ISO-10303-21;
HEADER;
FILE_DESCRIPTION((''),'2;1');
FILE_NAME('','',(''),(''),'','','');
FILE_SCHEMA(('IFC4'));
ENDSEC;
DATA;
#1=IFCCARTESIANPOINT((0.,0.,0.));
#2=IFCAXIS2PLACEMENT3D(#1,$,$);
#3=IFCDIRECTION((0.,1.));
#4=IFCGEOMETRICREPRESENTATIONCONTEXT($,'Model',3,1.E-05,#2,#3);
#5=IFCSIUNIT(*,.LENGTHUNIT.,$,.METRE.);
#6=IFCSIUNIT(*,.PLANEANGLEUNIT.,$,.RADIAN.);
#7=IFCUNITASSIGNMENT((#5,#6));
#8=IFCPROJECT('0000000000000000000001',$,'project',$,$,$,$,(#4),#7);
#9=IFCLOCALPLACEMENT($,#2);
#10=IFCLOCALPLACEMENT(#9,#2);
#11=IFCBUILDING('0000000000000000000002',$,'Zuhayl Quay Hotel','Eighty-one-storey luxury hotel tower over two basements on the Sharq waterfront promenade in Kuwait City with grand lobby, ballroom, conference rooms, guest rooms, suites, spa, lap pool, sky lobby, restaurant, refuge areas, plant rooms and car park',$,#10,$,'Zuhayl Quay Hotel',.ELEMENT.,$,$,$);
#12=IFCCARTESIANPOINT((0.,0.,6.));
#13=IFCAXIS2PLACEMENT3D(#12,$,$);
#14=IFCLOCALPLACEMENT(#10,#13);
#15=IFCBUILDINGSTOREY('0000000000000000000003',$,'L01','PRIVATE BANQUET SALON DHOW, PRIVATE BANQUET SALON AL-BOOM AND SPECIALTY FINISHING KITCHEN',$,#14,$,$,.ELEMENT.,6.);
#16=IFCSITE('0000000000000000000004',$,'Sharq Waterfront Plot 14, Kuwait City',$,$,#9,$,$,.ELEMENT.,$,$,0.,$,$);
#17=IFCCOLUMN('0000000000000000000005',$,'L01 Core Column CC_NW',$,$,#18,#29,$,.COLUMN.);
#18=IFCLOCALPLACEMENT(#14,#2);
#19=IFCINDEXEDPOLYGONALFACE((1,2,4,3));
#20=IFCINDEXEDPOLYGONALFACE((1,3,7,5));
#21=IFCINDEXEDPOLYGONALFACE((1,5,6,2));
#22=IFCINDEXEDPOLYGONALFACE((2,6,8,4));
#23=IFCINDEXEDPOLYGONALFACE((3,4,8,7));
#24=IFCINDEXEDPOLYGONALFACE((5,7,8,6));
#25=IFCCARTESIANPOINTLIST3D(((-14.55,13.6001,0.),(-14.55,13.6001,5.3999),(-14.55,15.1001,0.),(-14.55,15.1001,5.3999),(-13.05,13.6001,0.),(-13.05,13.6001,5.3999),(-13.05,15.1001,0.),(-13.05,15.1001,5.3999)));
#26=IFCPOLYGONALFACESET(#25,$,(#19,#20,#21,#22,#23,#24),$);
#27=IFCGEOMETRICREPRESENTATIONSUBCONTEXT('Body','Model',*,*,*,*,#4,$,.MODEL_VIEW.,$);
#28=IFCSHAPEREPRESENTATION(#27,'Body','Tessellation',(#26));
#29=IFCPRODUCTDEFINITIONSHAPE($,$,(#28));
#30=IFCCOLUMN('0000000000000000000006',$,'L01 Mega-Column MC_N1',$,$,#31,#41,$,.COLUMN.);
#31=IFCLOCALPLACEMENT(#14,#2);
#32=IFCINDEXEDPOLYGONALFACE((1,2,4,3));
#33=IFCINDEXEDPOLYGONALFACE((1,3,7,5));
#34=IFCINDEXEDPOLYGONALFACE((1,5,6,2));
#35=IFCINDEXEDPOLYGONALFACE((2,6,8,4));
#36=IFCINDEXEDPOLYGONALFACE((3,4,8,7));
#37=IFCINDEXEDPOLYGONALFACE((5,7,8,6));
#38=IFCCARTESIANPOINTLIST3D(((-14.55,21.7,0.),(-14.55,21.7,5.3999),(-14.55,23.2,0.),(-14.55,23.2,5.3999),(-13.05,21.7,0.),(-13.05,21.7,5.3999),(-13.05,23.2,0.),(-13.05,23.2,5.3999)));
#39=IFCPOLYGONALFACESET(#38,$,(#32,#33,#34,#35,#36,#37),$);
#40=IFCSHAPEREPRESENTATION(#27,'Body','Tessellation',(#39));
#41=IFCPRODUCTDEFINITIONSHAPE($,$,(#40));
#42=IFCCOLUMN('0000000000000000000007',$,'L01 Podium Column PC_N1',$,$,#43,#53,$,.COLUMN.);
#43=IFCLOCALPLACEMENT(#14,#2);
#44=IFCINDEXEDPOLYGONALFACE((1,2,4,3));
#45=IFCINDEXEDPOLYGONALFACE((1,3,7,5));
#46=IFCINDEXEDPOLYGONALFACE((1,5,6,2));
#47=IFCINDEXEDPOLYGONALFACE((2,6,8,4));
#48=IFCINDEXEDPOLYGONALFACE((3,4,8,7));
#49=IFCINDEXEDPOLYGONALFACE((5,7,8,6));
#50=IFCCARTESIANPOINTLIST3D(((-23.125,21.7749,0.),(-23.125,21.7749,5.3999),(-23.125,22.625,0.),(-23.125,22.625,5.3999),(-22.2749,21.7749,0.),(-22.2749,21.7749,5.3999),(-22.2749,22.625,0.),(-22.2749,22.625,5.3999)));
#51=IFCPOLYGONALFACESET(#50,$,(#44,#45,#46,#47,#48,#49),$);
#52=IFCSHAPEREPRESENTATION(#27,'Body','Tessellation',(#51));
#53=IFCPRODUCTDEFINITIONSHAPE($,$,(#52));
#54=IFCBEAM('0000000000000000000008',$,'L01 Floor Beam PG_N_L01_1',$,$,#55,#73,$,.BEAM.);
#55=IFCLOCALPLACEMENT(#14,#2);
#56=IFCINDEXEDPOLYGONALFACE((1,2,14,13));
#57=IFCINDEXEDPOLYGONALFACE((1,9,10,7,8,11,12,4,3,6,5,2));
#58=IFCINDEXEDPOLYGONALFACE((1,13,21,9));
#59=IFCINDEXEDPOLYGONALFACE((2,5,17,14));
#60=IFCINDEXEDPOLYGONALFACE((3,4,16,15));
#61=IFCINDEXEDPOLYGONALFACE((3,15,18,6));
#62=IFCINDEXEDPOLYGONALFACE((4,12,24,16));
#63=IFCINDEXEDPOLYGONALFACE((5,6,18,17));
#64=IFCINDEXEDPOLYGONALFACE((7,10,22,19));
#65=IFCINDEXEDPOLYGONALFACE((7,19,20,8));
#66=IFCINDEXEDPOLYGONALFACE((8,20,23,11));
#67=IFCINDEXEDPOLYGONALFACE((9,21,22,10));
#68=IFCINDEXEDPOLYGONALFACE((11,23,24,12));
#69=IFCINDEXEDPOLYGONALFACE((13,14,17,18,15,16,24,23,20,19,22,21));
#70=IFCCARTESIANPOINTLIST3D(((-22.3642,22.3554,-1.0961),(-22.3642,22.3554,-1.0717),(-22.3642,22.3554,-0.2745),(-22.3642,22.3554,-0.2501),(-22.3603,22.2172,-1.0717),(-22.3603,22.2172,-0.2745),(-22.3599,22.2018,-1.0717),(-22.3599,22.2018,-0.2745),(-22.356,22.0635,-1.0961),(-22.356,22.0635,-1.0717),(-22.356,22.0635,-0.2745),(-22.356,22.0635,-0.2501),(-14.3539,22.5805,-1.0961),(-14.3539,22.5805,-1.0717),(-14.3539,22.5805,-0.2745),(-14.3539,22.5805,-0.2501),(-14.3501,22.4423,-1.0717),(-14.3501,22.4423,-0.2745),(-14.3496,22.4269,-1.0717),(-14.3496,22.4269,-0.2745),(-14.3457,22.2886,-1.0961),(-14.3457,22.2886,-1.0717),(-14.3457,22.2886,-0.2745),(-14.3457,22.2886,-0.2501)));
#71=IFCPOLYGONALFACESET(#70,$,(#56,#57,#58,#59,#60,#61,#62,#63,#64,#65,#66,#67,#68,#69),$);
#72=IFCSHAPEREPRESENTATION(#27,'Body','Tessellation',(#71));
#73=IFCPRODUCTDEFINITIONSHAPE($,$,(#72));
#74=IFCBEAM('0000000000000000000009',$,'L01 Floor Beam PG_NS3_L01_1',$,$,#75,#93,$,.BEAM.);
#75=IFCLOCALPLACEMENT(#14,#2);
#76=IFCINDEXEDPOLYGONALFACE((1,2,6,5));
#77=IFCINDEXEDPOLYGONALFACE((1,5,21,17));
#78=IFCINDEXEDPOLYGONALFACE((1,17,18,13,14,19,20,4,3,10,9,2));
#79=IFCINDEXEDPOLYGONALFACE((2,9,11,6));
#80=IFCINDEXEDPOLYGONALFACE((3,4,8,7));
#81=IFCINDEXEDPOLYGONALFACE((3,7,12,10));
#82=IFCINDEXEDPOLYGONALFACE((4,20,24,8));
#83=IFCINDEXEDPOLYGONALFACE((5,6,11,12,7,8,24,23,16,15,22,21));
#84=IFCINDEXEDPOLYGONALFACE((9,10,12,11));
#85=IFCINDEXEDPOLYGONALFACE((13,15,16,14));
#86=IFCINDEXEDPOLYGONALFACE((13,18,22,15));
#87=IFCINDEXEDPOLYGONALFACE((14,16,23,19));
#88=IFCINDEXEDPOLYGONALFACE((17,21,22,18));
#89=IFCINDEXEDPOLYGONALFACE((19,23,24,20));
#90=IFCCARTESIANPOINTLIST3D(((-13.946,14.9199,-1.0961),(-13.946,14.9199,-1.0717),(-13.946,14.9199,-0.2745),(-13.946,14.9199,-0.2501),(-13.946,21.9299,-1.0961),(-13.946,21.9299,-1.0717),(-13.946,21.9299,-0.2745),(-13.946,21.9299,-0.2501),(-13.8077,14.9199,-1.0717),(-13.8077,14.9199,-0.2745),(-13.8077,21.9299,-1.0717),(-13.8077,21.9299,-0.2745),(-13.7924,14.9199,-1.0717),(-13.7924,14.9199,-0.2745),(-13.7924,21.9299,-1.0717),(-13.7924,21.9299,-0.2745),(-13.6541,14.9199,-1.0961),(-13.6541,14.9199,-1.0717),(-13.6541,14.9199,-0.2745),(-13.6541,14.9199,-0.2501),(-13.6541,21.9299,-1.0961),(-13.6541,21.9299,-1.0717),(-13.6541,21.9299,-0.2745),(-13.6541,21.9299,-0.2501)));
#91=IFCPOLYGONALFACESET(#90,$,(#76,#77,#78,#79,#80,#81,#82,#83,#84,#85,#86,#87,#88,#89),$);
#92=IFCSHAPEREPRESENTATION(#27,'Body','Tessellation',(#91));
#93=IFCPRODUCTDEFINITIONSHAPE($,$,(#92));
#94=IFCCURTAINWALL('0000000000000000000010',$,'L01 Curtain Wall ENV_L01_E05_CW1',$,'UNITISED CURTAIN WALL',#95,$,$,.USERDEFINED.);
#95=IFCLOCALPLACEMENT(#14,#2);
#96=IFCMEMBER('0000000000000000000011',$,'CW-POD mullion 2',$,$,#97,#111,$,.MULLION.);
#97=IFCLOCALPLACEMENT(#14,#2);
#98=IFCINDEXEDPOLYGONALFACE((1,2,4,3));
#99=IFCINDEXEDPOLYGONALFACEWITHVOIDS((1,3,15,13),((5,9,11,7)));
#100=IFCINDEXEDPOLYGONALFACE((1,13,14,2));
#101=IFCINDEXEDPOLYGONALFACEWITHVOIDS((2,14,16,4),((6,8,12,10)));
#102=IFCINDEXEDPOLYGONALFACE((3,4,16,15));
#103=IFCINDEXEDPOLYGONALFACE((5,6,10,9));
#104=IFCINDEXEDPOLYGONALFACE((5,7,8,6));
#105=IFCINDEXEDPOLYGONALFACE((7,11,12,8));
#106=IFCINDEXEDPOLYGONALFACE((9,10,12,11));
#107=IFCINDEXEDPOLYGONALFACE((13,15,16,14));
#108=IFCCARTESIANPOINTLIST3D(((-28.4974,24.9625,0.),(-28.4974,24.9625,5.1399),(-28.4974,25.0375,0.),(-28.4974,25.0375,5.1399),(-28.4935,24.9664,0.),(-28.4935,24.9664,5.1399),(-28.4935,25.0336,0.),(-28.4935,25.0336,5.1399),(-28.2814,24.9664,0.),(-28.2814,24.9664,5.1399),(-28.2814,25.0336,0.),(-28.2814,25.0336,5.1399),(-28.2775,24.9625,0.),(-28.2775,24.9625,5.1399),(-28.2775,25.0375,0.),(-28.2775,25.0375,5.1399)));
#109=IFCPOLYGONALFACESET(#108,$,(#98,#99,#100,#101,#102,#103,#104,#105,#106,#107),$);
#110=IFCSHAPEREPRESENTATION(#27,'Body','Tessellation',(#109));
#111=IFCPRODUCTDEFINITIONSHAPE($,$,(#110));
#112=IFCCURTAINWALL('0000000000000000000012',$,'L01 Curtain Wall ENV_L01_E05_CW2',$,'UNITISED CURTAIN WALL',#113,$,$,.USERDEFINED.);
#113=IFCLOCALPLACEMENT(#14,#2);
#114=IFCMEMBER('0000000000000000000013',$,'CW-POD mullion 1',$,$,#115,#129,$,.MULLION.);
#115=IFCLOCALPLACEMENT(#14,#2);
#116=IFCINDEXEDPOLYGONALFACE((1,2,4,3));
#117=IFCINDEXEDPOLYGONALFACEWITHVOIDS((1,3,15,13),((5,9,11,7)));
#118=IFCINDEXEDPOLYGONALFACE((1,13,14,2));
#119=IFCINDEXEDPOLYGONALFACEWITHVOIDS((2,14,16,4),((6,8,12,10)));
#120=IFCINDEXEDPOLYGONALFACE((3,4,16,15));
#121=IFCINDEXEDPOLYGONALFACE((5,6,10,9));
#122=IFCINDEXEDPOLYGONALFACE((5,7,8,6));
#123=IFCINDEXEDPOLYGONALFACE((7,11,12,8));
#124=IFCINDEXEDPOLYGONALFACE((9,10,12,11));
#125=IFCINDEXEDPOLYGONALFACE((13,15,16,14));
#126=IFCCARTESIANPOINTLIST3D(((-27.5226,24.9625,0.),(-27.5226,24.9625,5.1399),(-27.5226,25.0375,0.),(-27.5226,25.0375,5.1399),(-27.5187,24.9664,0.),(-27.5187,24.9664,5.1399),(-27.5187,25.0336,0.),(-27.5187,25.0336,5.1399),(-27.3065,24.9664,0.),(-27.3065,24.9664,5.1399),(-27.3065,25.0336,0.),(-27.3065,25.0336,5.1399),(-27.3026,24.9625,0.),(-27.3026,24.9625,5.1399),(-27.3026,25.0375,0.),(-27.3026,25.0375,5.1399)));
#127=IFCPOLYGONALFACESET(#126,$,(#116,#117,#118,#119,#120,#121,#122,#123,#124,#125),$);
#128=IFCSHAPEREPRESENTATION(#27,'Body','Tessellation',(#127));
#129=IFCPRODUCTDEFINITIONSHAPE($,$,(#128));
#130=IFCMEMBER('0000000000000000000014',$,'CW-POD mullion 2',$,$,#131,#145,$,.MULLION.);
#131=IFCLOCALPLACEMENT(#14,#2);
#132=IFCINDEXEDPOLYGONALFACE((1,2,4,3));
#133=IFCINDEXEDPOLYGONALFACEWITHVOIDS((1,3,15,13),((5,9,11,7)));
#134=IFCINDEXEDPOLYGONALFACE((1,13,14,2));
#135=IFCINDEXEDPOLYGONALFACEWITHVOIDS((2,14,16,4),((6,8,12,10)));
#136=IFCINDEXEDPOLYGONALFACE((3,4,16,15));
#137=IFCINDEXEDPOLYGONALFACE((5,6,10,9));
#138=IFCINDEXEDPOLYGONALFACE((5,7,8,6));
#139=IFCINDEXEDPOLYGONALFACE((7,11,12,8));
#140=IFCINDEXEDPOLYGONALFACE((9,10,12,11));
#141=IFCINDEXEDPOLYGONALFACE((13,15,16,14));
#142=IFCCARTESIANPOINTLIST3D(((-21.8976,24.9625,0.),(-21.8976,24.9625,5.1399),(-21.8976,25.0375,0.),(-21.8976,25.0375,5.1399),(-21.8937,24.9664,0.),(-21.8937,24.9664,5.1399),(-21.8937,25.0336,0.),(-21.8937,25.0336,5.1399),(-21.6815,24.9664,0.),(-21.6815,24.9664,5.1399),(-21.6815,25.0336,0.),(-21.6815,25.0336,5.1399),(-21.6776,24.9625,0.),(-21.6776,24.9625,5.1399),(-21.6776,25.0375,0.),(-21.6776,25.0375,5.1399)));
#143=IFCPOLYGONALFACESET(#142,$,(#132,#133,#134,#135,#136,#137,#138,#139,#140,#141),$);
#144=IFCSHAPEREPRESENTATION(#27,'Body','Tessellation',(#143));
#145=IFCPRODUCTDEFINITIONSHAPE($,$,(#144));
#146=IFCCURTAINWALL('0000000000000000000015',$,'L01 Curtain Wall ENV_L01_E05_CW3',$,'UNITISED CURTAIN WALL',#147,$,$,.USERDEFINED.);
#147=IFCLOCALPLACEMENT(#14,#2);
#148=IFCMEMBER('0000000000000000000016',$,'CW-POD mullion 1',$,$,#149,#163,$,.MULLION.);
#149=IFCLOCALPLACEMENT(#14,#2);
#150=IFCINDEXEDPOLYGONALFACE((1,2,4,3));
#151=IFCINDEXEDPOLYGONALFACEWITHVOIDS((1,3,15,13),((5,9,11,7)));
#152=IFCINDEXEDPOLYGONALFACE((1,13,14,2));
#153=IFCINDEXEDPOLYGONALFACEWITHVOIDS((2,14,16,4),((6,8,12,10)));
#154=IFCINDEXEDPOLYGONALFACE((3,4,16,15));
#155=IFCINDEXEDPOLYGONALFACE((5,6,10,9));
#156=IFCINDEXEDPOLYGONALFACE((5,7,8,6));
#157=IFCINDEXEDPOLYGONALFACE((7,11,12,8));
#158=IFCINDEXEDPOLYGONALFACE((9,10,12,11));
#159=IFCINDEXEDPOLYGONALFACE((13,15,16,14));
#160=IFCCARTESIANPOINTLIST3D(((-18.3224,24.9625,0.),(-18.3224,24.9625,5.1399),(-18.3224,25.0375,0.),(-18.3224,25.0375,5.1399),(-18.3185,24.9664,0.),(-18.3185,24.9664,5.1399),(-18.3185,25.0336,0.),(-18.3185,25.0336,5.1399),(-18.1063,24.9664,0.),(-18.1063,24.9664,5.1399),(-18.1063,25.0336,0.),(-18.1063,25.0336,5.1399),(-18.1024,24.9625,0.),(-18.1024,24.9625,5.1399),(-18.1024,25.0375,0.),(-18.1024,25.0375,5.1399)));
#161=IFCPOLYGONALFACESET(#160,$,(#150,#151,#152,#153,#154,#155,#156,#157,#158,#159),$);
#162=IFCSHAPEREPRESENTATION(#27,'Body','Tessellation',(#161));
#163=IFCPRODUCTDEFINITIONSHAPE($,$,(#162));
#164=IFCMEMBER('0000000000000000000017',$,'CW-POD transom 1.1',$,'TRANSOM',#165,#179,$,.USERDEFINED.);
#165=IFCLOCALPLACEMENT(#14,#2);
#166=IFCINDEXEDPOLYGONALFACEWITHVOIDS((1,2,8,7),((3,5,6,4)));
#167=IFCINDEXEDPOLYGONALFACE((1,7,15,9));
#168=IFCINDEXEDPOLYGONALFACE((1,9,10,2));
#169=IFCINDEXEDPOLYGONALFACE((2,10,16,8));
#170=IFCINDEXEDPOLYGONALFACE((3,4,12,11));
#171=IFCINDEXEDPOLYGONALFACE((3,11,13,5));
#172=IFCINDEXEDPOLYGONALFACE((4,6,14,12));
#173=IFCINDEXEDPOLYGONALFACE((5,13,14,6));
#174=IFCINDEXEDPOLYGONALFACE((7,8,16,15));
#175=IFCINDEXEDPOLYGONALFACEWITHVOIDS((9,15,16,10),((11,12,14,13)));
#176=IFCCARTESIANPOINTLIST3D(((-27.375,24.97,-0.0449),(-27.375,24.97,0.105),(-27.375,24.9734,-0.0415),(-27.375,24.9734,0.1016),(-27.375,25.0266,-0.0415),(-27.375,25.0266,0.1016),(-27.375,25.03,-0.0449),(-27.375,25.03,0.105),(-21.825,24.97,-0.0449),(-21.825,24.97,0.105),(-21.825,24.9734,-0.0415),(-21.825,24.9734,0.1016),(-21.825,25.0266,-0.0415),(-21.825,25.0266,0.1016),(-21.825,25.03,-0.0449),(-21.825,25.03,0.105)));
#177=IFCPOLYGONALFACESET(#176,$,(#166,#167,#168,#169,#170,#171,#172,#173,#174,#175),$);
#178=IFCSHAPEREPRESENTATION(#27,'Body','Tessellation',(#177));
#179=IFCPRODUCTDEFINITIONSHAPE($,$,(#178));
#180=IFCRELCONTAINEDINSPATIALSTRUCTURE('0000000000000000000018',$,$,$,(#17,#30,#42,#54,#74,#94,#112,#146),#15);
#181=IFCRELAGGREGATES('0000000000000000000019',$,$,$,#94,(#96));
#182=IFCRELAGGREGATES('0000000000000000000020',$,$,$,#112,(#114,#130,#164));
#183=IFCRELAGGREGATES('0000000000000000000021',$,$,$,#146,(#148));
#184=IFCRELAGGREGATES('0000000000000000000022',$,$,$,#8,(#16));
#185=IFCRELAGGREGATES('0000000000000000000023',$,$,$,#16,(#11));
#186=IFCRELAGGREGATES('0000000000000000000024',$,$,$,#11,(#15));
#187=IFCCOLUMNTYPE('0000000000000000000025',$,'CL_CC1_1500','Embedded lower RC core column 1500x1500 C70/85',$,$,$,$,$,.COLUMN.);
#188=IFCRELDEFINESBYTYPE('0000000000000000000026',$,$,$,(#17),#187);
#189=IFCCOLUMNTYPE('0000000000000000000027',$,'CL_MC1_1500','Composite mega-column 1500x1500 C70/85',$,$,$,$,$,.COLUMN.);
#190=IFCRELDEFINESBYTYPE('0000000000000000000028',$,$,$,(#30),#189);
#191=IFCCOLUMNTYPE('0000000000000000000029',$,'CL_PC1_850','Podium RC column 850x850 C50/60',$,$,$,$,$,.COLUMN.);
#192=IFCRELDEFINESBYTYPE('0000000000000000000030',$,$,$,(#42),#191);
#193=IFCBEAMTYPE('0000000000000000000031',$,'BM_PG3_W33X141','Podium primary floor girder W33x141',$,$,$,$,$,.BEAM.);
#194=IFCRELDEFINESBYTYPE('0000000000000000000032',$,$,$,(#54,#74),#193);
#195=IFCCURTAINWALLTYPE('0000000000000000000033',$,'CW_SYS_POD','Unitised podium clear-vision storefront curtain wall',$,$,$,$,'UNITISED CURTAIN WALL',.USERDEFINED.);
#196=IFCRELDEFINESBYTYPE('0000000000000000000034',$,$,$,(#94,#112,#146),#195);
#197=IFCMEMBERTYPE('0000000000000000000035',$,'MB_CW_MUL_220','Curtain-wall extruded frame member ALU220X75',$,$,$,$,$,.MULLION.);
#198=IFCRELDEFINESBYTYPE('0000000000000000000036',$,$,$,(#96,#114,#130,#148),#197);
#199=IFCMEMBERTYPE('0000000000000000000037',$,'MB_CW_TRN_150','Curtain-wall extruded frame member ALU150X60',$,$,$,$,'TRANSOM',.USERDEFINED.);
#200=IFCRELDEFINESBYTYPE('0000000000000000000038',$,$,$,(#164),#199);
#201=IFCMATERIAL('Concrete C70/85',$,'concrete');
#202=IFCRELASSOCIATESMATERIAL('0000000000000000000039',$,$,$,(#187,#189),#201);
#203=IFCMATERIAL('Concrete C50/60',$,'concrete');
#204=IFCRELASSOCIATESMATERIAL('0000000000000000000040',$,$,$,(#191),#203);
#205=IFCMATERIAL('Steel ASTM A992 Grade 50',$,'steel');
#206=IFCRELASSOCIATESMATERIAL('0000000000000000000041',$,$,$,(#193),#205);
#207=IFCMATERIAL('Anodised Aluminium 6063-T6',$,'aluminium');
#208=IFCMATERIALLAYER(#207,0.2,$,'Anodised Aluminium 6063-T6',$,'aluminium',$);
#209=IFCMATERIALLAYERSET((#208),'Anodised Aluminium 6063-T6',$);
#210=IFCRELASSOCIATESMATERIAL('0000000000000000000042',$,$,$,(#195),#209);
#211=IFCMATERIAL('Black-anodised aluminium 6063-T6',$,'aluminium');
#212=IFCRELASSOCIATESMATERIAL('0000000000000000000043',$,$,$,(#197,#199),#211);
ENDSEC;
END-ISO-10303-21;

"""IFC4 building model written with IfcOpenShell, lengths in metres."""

from ifc_helpers import new_model, si_unit, direction, frame, origin, origin_2d, place, context, subcontext, project, spatial, rectangle, hollow_rectangle, i_section, extrude, material, layer, layer_set, material_profile, profile_set, type_object, element, aggregate, save


model = new_model("IFC4")

# Units and contexts
model_context = context("Model", 3, precision=1e-05, world=origin(), true_north=direction((0.0, 1.0)))
body_context = subcontext(model_context, "Body", "Model", "MODEL_VIEW")
ifc_project = project(units=[si_unit("LENGTHUNIT", "METRE"), si_unit("PLANEANGLEUNIT", "RADIAN")], contexts=[model_context])

# Site, building, storey
site_placement = place(None, origin())
site = spatial("IfcSite", under=ifc_project, at=site_placement, Name="Sharq Waterfront Plot 14, Kuwait City", CompositionType="ELEMENT", RefElevation=0.0)
building_placement = place(site_placement, origin())
building = spatial("IfcBuilding", under=site, at=building_placement, Name="Zuhayl Quay Hotel", Description="Eighty-one-storey luxury hotel tower over two basements on the Sharq waterfront promenade in Kuwait City with grand lobby, ballroom, conference rooms, guest rooms, suites, spa, lap pool, sky lobby, restaurant, refuge areas, plant rooms and car park", LongName="Zuhayl Quay Hotel", CompositionType="ELEMENT")
storey_placement = place(building_placement, frame((0.0, 0.0, 6.0)))
storey = spatial("IfcBuildingStorey", under=building, at=storey_placement, Name="L01", Description="PRIVATE BANQUET SALON DHOW, PRIVATE BANQUET SALON AL-BOOM AND SPECIALTY FINISHING KITCHEN", CompositionType="ELEMENT", Elevation=6.0)

# Columns
ifc_material_1 = material(Name="Concrete C70/85", Category="concrete")
ifc_material_profile_1 = material_profile(ifc_material_1, rectangle(XDim=1.5, YDim=1.5, at=origin_2d()), Name="RC1500X1500")
ifc_profile_set_1 = profile_set([ifc_material_profile_1], Name="Concrete C70/85")
column_type_1 = type_object("IfcColumnType", Name="CL_CC1_1500", Description="Embedded lower RC core column 1500x1500 C70/85", PredefinedType="COLUMN", material=ifc_profile_set_1)
column_1_placement = place(storey_placement, frame((-13.8, 14.3501, 0.0), z_axis=(0.0, 0.0, 1.0), x_axis=(1.0, 0.0, 0.0)))
element("IfcColumn", 1, at=column_1_placement, inside=storey, type_object=column_type_1, Name="L01 Core Column CC_NW", PredefinedType="COLUMN", context=body_context, shape_type="SweptSolid", body=[
    extrude(rectangle(XDim=1.5, YDim=1.5, at=origin_2d()), origin(), (0.0, 0.0, 1.0), 5.3999),
])
ifc_material_profile_2 = material_profile(ifc_material_1, rectangle(XDim=1.5, YDim=1.5, at=origin_2d()), Name="RC1500X1500")
ifc_profile_set_2 = profile_set([ifc_material_profile_2], Name="Concrete C70/85")
column_type_2 = type_object("IfcColumnType", Name="CL_MC1_1500", Description="Composite mega-column 1500x1500 C70/85", PredefinedType="COLUMN", material=ifc_profile_set_2)
column_2_placement = place(storey_placement, frame((-13.8, 22.45, 0.0), z_axis=(0.0, 0.0, 1.0), x_axis=(1.0, 0.0, 0.0)))
element("IfcColumn", 2, at=column_2_placement, inside=storey, type_object=column_type_2, Name="L01 Mega-Column MC_N1", PredefinedType="COLUMN", context=body_context, shape_type="SweptSolid", body=[
    extrude(rectangle(XDim=1.5, YDim=1.5, at=origin_2d()), origin(), (0.0, 0.0, 1.0), 5.3999),
])
ifc_material_2 = material(Name="Concrete C50/60", Category="concrete")
ifc_material_profile_3 = material_profile(ifc_material_2, rectangle(XDim=0.8501, YDim=0.8501, at=origin_2d()), Name="RC850X850")
ifc_profile_set_3 = profile_set([ifc_material_profile_3], Name="Concrete C50/60")
column_type_3 = type_object("IfcColumnType", Name="CL_PC1_850", Description="Podium RC column 850x850 C50/60", PredefinedType="COLUMN", material=ifc_profile_set_3)
column_3_placement = place(storey_placement, frame((-22.7, 22.2, 0.0), z_axis=(0.0, 0.0, 1.0), x_axis=(1.0, 0.0, 0.0)))
element("IfcColumn", 3, at=column_3_placement, inside=storey, type_object=column_type_3, Name="L01 Podium Column PC_N1", PredefinedType="COLUMN", context=body_context, shape_type="SweptSolid", body=[
    extrude(rectangle(XDim=0.8501, YDim=0.8501, at=origin_2d()), origin(), (0.0, 0.0, 1.0), 5.3999),
])

# Beams
ifc_material_3 = material(Name="Steel ASTM A992 Grade 50", Category="steel")
ifc_material_profile_4 = material_profile(ifc_material_3, i_section(OverallWidth=0.292, OverallDepth=0.8459, WebThickness=0.0154, FlangeThickness=0.0244, at=origin_2d()), Name="W33X141")
ifc_profile_set_4 = profile_set([ifc_material_profile_4], Name="Steel ASTM A992 Grade 50")
beam_type = type_object("IfcBeamType", Name="BM_PG3_W33X141", Description="Podium primary floor girder W33x141", PredefinedType="BEAM", material=ifc_profile_set_4)
beam_1_placement = place(storey_placement, frame((-22.3601, 22.2095, -0.6731), z_axis=(0.999605, 0.02809, 0.0), x_axis=(-0.02809, 0.999605, 0.0)))
element("IfcBeam", 4, at=beam_1_placement, inside=storey, type_object=beam_type, Name="L01 Floor Beam PG_N_L01_1", PredefinedType="BEAM", context=body_context, shape_type="SweptSolid", body=[
    extrude(i_section(OverallWidth=0.292, OverallDepth=0.8459, WebThickness=0.0154, FlangeThickness=0.0244, at=origin_2d()), origin(), (0.0, 0.0, 1.0), 8.0134),
])
beam_2_placement = place(storey_placement, frame((-13.8, 14.9199, -0.6731), z_axis=(0.0, 1.0, 0.0), x_axis=(-1.0, 0.0, 0.0)))
element("IfcBeam", 5, at=beam_2_placement, inside=storey, type_object=beam_type, Name="L01 Floor Beam PG_NS3_L01_1", PredefinedType="BEAM", context=body_context, shape_type="SweptSolid", body=[
    extrude(i_section(OverallWidth=0.292, OverallDepth=0.8459, WebThickness=0.0154, FlangeThickness=0.0244, at=origin_2d()), origin(), (0.0, 0.0, 1.0), 7.01),
])

# Curtain wall, member
ifc_material_4 = material(Name="Anodised Aluminium 6063-T6", Category="aluminium")
ifc_layer_1 = layer(ifc_material_4, 0.2, Name="Anodised Aluminium 6063-T6", Category="aluminium")
ifc_layer_set_1 = layer_set([ifc_layer_1], Name="Anodised Aluminium 6063-T6")
curtain_wall_type = type_object("IfcCurtainWallType", Name="CW_SYS_POD", Description="Unitised podium clear-vision storefront curtain wall", ElementType="UNITISED CURTAIN WALL", PredefinedType="USERDEFINED", material=ifc_layer_set_1)
curtain_wall_1_placement = place(storey_placement, origin())
curtain_wall_1 = element("IfcCurtainWall", 6, at=curtain_wall_1_placement, inside=storey, type_object=curtain_wall_type, Name="L01 Curtain Wall ENV_L01_E05_CW1", ObjectType="UNITISED CURTAIN WALL", PredefinedType="USERDEFINED")
ifc_material_5 = material(Name="Black-anodised aluminium 6063-T6", Category="aluminium")
ifc_material_profile_5 = material_profile(ifc_material_5, hollow_rectangle(XDim=0.075, YDim=0.22, WallThickness=0.0039, at=origin_2d()), Name="ALU220X75")
ifc_profile_set_5 = profile_set([ifc_material_profile_5], Name="Black-anodised aluminium 6063-T6")
member_type_1 = type_object("IfcMemberType", Name="MB_CW_MUL_220", Description="Curtain-wall extruded frame member ALU220X75", PredefinedType="MULLION", material=ifc_profile_set_5)
member_1_placement = place(storey_placement, frame((-28.3875, 25.0, 0.0), z_axis=(0.0, 0.0, 1.0), x_axis=(0.0, 1.0, 0.0)))
member_1 = element("IfcMember", 7, at=member_1_placement, type_object=member_type_1, Name="CW-POD mullion 2", PredefinedType="MULLION", context=body_context, shape_type="SweptSolid", body=[
    extrude(hollow_rectangle(XDim=0.075, YDim=0.22, WallThickness=0.0039, at=origin_2d()), origin(), (0.0, 0.0, 1.0), 5.1399),
])
aggregate(curtain_wall_1, [member_1])

# Curtain wall, members
curtain_wall_2_placement = place(storey_placement, origin())
curtain_wall_2 = element("IfcCurtainWall", 8, at=curtain_wall_2_placement, inside=storey, type_object=curtain_wall_type, Name="L01 Curtain Wall ENV_L01_E05_CW2", ObjectType="UNITISED CURTAIN WALL", PredefinedType="USERDEFINED")
member_2_placement = place(storey_placement, frame((-27.4126, 25.0, 0.0), z_axis=(0.0, 0.0, 1.0), x_axis=(0.0, 1.0, 0.0)))
member_2 = element("IfcMember", 9, at=member_2_placement, type_object=member_type_1, Name="CW-POD mullion 1", PredefinedType="MULLION", context=body_context, shape_type="SweptSolid", body=[
    extrude(hollow_rectangle(XDim=0.075, YDim=0.22, WallThickness=0.0039, at=origin_2d()), origin(), (0.0, 0.0, 1.0), 5.1399),
])
member_3_placement = place(storey_placement, frame((-21.7876, 25.0, 0.0), z_axis=(0.0, 0.0, 1.0), x_axis=(0.0, 1.0, 0.0)))
member_3 = element("IfcMember", 10, at=member_3_placement, type_object=member_type_1, Name="CW-POD mullion 2", PredefinedType="MULLION", context=body_context, shape_type="SweptSolid", body=[
    extrude(hollow_rectangle(XDim=0.075, YDim=0.22, WallThickness=0.0039, at=origin_2d()), origin(), (0.0, 0.0, 1.0), 5.1399),
])

# Curtain wall, member
curtain_wall_3_placement = place(storey_placement, origin())
curtain_wall_3 = element("IfcCurtainWall", 11, at=curtain_wall_3_placement, inside=storey, type_object=curtain_wall_type, Name="L01 Curtain Wall ENV_L01_E05_CW3", ObjectType="UNITISED CURTAIN WALL", PredefinedType="USERDEFINED")
member_4_placement = place(storey_placement, frame((-18.2124, 25.0, 0.0), z_axis=(0.0, 0.0, 1.0), x_axis=(0.0, 1.0, 0.0)))
member_4 = element("IfcMember", 12, at=member_4_placement, type_object=member_type_1, Name="CW-POD mullion 1", PredefinedType="MULLION", context=body_context, shape_type="SweptSolid", body=[
    extrude(hollow_rectangle(XDim=0.075, YDim=0.22, WallThickness=0.0039, at=origin_2d()), origin(), (0.0, 0.0, 1.0), 5.1399),
])

# Member
ifc_material_profile_6 = material_profile(ifc_material_5, hollow_rectangle(XDim=0.0601, YDim=0.1499, WallThickness=0.0034, at=origin_2d()), Name="ALU150X60")
ifc_profile_set_6 = profile_set([ifc_material_profile_6], Name="Black-anodised aluminium 6063-T6")
member_type_2 = type_object("IfcMemberType", Name="MB_CW_TRN_150", Description="Curtain-wall extruded frame member ALU150X60", ElementType="TRANSOM", PredefinedType="USERDEFINED", material=ifc_profile_set_6)
member_5_placement = place(storey_placement, frame((-27.375, 25.0, 0.03), z_axis=(1.0, 0.0, 0.0), x_axis=(0.0, 1.0, 0.0)))
member_5 = element("IfcMember", 13, at=member_5_placement, type_object=member_type_2, Name="CW-POD transom 1.1", ObjectType="TRANSOM", PredefinedType="USERDEFINED", context=body_context, shape_type="SweptSolid", body=[
    extrude(hollow_rectangle(XDim=0.0601, YDim=0.1499, WallThickness=0.0034, at=origin_2d()), origin(), (0.0, 0.0, 1.0), 5.55),
])

aggregate(curtain_wall_2, [member_2, member_3, member_5])
aggregate(curtain_wall_3, [member_4])

save(model, "model.ifc")
